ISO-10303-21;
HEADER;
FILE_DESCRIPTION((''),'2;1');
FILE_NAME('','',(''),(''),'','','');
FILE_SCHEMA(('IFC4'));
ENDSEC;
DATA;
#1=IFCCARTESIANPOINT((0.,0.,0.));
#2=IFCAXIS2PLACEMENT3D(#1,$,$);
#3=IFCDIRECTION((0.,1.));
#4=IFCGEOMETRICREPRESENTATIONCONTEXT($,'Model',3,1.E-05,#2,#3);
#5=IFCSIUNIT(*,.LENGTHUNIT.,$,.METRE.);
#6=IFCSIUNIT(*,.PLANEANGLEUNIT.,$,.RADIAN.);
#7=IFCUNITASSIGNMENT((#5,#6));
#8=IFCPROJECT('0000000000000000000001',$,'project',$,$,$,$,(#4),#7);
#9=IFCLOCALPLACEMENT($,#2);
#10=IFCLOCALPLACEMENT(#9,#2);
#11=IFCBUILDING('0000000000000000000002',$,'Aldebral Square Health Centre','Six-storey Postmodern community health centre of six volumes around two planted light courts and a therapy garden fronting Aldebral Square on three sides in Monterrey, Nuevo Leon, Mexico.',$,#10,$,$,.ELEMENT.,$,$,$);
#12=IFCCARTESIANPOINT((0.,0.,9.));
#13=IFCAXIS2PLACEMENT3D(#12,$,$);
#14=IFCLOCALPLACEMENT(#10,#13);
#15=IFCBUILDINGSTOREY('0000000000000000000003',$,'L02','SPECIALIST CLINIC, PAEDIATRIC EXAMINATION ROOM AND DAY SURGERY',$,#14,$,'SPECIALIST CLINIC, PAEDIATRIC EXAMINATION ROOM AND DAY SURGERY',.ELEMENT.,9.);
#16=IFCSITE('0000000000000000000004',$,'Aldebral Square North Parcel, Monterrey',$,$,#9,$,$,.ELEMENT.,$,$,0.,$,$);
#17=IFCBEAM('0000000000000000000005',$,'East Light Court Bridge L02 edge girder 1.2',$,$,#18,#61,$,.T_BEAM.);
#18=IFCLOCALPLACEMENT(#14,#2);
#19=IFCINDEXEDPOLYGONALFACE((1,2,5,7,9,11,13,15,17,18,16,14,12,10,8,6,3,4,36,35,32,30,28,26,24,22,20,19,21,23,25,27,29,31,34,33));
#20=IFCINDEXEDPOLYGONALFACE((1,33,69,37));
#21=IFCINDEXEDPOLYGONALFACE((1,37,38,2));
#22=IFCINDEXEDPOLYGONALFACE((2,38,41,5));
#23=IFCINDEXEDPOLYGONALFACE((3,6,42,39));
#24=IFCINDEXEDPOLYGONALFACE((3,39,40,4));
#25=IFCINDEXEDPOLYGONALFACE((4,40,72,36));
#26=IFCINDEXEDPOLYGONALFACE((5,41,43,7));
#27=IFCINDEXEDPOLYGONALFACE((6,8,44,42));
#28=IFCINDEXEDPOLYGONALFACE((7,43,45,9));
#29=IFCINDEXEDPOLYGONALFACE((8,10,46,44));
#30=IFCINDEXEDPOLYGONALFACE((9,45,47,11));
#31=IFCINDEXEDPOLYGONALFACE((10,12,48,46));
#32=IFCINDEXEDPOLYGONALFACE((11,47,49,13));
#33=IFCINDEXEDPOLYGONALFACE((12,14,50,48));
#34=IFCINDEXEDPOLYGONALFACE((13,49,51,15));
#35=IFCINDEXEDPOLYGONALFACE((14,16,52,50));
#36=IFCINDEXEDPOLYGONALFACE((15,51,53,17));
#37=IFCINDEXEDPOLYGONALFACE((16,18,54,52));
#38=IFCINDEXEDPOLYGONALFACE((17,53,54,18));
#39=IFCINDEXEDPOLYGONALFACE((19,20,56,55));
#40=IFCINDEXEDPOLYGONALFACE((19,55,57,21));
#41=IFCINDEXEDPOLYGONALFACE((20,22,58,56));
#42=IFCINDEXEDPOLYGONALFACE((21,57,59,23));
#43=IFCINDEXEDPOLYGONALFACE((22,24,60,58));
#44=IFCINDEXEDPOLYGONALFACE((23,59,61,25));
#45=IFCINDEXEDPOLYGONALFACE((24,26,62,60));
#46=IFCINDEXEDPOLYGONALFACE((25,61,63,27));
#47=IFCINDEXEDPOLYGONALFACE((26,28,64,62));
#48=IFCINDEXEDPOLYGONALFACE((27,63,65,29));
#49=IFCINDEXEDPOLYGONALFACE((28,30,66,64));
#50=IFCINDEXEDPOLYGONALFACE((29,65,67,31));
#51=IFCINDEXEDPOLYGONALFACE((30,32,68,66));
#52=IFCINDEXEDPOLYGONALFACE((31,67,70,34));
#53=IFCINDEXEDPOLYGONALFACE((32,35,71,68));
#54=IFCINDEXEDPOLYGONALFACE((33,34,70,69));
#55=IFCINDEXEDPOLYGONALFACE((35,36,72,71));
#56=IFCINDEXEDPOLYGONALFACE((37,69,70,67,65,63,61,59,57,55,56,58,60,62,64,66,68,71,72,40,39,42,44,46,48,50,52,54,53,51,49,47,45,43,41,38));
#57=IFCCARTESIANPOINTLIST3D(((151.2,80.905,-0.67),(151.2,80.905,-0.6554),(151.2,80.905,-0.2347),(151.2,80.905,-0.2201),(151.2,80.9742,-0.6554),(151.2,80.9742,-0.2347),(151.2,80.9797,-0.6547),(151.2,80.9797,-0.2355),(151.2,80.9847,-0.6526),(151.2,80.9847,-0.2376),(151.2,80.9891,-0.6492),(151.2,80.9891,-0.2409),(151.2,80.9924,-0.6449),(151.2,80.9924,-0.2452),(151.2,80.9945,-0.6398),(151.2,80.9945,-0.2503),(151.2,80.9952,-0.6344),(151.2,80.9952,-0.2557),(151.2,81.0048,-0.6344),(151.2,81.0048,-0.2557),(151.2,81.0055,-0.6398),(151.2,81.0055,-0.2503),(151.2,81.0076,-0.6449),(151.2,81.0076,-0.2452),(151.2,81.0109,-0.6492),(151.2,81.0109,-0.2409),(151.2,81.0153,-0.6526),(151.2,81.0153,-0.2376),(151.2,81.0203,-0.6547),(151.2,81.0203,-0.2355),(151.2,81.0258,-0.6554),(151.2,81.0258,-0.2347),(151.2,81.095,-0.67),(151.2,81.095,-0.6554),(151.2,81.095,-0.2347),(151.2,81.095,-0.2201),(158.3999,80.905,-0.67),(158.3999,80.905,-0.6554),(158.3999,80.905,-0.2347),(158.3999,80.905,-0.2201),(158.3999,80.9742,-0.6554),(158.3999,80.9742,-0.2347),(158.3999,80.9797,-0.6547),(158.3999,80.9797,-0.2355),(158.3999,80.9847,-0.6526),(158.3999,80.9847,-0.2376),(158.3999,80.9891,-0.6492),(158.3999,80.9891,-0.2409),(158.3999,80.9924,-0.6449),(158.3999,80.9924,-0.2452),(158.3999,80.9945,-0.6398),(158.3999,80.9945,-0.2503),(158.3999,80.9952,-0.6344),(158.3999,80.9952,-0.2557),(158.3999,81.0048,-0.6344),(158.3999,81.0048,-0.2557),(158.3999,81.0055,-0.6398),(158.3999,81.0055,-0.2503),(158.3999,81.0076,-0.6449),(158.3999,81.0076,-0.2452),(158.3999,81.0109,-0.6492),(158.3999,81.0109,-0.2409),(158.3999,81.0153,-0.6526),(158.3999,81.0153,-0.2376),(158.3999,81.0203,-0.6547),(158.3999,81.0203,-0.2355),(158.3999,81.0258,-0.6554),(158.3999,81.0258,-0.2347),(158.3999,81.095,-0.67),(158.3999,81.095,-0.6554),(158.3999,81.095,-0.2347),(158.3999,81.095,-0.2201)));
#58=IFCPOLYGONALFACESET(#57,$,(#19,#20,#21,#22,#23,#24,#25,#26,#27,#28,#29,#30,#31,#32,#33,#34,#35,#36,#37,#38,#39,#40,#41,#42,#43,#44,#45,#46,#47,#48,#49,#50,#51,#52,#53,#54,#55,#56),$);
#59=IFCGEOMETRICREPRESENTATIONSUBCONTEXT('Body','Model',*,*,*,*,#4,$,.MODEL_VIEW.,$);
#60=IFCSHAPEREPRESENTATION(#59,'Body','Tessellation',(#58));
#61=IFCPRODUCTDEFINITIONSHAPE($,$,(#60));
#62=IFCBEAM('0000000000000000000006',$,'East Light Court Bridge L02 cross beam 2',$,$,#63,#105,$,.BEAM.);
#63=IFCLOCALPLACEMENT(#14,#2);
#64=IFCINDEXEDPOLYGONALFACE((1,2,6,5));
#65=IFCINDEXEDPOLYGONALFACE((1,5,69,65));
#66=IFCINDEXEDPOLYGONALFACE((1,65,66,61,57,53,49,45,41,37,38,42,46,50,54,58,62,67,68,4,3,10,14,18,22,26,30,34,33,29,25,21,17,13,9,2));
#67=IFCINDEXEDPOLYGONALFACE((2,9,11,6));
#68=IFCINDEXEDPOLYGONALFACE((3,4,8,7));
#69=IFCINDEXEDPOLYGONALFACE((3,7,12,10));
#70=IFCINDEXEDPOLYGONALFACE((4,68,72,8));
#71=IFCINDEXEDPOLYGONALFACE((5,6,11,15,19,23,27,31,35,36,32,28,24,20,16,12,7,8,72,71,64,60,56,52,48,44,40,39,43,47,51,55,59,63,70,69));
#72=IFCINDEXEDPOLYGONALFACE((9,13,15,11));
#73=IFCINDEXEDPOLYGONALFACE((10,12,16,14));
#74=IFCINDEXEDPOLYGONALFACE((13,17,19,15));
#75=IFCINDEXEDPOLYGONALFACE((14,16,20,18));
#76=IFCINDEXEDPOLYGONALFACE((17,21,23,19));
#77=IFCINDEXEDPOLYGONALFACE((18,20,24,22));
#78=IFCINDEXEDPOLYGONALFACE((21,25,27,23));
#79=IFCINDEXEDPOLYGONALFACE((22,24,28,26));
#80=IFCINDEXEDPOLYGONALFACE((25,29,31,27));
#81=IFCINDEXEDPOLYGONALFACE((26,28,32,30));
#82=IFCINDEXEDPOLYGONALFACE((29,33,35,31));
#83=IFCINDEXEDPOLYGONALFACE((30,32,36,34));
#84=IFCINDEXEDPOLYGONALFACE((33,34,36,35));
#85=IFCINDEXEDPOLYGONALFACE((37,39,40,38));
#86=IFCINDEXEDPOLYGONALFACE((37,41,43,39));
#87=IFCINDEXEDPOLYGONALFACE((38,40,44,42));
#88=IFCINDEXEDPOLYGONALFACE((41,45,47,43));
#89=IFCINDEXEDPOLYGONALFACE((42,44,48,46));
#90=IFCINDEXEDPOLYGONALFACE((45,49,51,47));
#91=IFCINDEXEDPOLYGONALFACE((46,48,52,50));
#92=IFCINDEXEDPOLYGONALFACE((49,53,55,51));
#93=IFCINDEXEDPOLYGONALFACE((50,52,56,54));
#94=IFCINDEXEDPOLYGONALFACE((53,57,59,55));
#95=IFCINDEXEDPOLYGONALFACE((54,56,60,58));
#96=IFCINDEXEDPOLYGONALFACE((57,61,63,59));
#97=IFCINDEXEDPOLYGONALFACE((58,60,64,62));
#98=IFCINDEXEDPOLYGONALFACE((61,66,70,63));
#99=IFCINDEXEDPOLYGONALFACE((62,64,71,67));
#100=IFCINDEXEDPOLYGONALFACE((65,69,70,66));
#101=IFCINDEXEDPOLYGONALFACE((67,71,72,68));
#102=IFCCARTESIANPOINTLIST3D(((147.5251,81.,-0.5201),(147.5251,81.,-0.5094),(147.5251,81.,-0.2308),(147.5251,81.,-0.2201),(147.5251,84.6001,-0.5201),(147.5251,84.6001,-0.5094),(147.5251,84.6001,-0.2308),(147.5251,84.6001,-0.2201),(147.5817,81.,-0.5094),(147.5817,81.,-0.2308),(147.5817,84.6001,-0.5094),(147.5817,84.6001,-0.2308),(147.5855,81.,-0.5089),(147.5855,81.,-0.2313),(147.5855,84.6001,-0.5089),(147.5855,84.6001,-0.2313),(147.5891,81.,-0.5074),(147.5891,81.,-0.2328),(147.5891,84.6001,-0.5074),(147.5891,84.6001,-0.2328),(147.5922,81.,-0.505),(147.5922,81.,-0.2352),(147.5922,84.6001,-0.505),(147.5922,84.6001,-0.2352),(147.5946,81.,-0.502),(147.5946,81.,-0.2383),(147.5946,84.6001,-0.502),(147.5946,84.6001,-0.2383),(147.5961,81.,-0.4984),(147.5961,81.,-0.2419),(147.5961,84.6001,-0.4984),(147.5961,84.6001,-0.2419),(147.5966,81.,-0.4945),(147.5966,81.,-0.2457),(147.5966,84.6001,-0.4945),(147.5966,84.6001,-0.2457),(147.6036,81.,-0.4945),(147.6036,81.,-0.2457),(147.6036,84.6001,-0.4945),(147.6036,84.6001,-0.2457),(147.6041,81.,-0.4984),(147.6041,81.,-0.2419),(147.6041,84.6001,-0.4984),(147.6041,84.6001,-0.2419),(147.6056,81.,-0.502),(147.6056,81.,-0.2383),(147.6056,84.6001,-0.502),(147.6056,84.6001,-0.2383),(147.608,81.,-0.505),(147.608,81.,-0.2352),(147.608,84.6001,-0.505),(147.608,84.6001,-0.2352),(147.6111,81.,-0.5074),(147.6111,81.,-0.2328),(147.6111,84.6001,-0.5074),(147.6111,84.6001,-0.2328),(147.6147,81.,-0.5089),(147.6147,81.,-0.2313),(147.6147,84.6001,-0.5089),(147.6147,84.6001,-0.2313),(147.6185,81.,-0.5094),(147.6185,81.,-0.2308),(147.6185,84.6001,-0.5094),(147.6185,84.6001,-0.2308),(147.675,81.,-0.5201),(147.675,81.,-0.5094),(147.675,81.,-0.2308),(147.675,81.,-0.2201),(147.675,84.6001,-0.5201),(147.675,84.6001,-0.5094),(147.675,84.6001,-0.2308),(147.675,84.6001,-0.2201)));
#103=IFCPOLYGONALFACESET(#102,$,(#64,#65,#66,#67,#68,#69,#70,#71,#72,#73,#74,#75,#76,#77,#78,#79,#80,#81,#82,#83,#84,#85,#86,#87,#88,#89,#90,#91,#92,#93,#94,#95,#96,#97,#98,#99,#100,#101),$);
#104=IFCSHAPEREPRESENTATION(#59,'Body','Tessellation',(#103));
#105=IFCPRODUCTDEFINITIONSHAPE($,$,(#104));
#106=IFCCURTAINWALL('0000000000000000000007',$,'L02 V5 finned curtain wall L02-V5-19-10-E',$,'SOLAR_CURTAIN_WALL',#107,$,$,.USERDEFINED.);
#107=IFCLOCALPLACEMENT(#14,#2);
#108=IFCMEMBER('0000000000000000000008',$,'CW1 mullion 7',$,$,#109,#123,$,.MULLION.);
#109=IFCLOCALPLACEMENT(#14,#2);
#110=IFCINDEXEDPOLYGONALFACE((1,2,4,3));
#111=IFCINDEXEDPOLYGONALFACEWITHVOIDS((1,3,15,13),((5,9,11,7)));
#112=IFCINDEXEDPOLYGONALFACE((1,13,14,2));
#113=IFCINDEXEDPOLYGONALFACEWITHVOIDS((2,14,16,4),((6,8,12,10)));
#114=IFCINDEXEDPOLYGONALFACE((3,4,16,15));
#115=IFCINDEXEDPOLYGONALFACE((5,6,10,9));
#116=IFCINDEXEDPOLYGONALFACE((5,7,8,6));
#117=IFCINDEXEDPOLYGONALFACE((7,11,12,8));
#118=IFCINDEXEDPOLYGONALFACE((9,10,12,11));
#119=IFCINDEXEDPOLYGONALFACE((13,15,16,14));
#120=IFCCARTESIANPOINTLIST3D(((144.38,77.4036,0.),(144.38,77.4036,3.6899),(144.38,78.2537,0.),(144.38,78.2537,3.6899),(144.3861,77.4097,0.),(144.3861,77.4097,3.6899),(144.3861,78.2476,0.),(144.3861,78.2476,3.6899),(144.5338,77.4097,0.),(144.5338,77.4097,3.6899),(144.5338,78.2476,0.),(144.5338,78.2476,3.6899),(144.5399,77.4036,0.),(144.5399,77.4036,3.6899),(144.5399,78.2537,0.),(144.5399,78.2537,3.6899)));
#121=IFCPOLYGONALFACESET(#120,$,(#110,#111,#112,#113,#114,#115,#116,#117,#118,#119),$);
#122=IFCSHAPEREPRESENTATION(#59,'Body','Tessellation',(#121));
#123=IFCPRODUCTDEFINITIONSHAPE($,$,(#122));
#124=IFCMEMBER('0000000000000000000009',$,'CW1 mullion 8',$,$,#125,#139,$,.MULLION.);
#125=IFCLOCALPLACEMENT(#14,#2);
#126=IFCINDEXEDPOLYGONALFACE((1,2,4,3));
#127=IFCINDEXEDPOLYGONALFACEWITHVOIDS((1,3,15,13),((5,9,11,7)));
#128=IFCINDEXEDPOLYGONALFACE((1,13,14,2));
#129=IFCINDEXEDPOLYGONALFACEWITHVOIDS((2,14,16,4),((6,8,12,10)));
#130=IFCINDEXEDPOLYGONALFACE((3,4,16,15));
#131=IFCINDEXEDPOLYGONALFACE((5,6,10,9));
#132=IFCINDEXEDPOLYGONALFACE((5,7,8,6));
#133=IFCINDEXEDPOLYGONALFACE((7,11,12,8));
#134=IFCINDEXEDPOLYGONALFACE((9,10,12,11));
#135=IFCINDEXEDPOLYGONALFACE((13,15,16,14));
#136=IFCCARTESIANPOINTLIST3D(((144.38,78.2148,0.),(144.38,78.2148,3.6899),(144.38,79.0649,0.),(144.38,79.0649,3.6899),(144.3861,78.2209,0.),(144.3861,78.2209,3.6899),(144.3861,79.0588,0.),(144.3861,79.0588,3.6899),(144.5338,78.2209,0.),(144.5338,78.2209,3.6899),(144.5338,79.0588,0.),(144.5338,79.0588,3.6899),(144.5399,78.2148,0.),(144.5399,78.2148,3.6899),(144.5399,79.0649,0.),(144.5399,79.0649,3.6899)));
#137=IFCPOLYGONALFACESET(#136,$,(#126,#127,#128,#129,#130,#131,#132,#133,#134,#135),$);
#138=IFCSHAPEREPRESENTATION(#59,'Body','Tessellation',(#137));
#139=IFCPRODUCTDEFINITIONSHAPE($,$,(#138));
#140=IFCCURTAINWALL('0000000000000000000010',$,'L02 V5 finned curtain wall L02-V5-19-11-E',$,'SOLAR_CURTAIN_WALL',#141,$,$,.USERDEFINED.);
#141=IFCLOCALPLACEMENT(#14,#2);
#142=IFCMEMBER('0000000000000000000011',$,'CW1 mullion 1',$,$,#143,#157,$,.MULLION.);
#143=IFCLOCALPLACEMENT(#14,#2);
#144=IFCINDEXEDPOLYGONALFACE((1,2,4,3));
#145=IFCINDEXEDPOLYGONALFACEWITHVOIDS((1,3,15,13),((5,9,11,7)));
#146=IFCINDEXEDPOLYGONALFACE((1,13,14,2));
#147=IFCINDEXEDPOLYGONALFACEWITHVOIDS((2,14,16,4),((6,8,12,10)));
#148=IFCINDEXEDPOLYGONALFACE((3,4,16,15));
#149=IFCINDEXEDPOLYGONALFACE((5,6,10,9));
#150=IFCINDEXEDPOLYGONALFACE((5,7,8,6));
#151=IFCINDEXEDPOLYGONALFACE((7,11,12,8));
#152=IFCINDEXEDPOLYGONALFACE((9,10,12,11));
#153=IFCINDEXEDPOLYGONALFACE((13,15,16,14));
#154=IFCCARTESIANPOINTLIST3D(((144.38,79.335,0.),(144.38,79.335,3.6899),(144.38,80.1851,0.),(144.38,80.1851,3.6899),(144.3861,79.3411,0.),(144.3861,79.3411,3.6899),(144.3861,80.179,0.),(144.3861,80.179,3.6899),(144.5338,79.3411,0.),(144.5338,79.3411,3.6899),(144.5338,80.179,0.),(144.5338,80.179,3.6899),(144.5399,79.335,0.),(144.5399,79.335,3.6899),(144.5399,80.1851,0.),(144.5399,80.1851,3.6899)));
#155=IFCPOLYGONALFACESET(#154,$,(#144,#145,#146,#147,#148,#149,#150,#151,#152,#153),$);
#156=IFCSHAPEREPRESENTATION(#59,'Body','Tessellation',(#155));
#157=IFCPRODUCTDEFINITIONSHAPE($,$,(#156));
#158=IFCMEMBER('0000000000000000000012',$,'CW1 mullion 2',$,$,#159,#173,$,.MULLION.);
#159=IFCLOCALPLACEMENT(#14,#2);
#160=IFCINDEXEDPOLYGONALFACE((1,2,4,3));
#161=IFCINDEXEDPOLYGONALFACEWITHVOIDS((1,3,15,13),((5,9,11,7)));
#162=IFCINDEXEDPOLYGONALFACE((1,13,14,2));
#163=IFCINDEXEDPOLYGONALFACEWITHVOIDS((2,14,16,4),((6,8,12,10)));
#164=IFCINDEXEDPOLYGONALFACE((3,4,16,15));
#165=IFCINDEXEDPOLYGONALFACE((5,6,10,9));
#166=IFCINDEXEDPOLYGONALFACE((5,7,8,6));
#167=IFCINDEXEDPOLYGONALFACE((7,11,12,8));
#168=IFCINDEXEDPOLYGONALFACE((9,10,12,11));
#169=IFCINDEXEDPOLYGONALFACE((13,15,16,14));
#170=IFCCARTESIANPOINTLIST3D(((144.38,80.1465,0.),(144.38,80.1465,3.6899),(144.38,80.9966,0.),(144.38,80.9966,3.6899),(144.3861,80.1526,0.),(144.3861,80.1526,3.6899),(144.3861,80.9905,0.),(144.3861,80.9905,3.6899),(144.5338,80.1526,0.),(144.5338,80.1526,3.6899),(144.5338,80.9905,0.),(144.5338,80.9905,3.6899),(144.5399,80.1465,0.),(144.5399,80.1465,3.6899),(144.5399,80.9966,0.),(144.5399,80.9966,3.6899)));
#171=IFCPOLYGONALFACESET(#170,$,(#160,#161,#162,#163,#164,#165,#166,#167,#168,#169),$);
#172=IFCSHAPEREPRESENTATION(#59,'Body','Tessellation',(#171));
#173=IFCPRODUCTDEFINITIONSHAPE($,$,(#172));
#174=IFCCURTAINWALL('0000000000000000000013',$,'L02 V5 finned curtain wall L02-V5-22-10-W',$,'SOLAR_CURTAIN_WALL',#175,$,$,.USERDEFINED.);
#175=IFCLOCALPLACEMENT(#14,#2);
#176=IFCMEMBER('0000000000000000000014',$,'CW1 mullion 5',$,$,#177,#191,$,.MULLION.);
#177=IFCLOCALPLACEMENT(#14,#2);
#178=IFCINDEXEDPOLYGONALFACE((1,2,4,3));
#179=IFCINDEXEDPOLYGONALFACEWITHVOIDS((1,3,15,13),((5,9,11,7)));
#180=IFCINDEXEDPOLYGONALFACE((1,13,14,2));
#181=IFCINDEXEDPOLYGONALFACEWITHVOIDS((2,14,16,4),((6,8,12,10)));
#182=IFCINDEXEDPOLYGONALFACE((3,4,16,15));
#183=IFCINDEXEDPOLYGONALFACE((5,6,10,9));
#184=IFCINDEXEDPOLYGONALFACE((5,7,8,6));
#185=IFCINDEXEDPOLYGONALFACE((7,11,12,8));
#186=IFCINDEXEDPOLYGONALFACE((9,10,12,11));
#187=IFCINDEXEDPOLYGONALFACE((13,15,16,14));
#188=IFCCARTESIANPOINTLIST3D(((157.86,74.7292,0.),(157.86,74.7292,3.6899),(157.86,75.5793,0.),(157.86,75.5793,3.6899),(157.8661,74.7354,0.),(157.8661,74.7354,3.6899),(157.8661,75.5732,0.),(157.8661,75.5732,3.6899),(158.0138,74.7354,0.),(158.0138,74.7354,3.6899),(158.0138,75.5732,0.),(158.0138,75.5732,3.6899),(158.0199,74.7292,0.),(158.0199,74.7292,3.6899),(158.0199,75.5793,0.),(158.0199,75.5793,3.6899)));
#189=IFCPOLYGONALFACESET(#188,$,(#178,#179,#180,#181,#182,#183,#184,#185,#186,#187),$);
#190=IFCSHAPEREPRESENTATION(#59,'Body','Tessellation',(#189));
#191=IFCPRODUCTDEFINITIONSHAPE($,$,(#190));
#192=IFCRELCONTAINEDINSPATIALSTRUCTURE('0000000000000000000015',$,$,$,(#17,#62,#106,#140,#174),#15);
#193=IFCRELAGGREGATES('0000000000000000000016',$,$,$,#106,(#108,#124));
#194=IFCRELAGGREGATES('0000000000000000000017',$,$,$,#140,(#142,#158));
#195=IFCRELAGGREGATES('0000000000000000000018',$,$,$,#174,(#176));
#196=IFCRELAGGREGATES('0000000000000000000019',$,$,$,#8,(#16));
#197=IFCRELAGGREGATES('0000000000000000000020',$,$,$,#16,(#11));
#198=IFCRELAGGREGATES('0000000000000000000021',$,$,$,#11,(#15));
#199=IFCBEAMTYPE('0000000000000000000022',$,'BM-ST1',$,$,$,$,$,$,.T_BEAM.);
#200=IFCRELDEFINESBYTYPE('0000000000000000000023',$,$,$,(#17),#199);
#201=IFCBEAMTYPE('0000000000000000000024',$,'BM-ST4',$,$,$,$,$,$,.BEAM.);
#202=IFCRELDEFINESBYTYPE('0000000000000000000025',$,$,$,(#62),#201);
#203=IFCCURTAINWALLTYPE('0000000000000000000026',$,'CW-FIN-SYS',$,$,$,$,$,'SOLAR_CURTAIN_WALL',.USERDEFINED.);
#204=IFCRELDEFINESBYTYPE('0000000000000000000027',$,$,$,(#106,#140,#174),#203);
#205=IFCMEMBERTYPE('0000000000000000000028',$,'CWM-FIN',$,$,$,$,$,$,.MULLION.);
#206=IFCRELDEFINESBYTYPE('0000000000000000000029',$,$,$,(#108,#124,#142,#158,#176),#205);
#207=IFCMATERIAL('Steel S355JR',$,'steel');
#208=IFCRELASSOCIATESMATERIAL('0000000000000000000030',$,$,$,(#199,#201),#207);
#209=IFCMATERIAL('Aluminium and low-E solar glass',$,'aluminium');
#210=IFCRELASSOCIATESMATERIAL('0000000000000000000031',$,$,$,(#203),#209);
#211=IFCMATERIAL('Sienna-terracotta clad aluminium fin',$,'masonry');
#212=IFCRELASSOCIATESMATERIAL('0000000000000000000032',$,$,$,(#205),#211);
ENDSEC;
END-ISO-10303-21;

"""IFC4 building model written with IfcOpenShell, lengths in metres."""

from ifc_helpers import new_model, si_unit, direction, frame, origin, origin_2d, place, context, subcontext, project, spatial, hollow_rectangle, i_section, extrude, material, material_profile, profile_set, type_object, element, aggregate, save


model = new_model("IFC4")

# Units and contexts
model_context = context("Model", 3, precision=1e-05, world=origin(), true_north=direction((0.0, 1.0)))
body_context = subcontext(model_context, "Body", "Model", "MODEL_VIEW")
ifc_project = project(units=[si_unit("LENGTHUNIT", "METRE"), si_unit("PLANEANGLEUNIT", "RADIAN")], contexts=[model_context])

# Site, building, storey
site_placement = place(None, origin())
site = spatial("IfcSite", under=ifc_project, at=site_placement, Name="Aldebral Square North Parcel, Monterrey", CompositionType="ELEMENT", RefElevation=0.0)
building_placement = place(site_placement, origin())
building = spatial("IfcBuilding", under=site, at=building_placement, Name="Aldebral Square Health Centre", Description="Six-storey Postmodern community health centre of six volumes around two planted light courts and a therapy garden fronting Aldebral Square on three sides in Monterrey, Nuevo Leon, Mexico.", CompositionType="ELEMENT")
storey_placement = place(building_placement, frame((0.0, 0.0, 9.0)))
storey = spatial("IfcBuildingStorey", under=building, at=storey_placement, Name="L02", Description="SPECIALIST CLINIC, PAEDIATRIC EXAMINATION ROOM AND DAY SURGERY", LongName="SPECIALIST CLINIC, PAEDIATRIC EXAMINATION ROOM AND DAY SURGERY", CompositionType="ELEMENT", Elevation=9.0)

# Beams
ifc_material_1 = material(Name="Steel S355JR", Category="steel")
ifc_material_profile_1 = material_profile(ifc_material_1, i_section(OverallWidth=0.1899, OverallDepth=0.45, WebThickness=0.0095, FlangeThickness=0.0146, FilletRadius=0.021, at=origin_2d()), Name="IPE 450")
ifc_profile_set_1 = profile_set([ifc_material_profile_1], Name="Steel S355JR")
beam_type_1 = type_object("IfcBeamType", Name="BM-ST1", PredefinedType="T_BEAM", material=ifc_profile_set_1)
beam_1_placement = place(storey_placement, frame((151.2, 81.0, -0.4451), z_axis=(1.0, 0.0, 0.0), x_axis=(0.0, 1.0, 0.0)))
element("IfcBeam", 1, at=beam_1_placement, inside=storey, type_object=beam_type_1, Name="East Light Court Bridge L02 edge girder 1.2", PredefinedType="T_BEAM", context=body_context, shape_type="SweptSolid", body=[
    extrude(i_section(OverallWidth=0.1899, OverallDepth=0.45, WebThickness=0.0095, FlangeThickness=0.0146, FilletRadius=0.021, at=origin_2d()), origin(), (0.0, 0.0, 1.0), 7.2),
])
ifc_material_profile_2 = material_profile(ifc_material_1, i_section(OverallWidth=0.1499, OverallDepth=0.3, WebThickness=0.0071, FlangeThickness=0.0107, FilletRadius=0.0149, at=origin_2d()), Name="IPE 300")
ifc_profile_set_2 = profile_set([ifc_material_profile_2], Name="Steel S355JR")
beam_type_2 = type_object("IfcBeamType", Name="BM-ST4", PredefinedType="BEAM", material=ifc_profile_set_2)
beam_2_placement = place(storey_placement, frame((147.6001, 81.0, -0.3701), z_axis=(0.0, 1.0, 0.0), x_axis=(-1.0, 0.0, 0.0)))
element("IfcBeam", 2, at=beam_2_placement, inside=storey, type_object=beam_type_2, Name="East Light Court Bridge L02 cross beam 2", PredefinedType="BEAM", context=body_context, shape_type="SweptSolid", body=[
    extrude(i_section(OverallWidth=0.1499, OverallDepth=0.3, WebThickness=0.0071, FlangeThickness=0.0107, FilletRadius=0.0149, at=origin_2d()), origin(), (0.0, 0.0, 1.0), 3.6001),
])

# Curtain walls, members
ifc_material_2 = material(Name="Aluminium and low-E solar glass", Category="aluminium")
curtain_wall_type = type_object("IfcCurtainWallType", Name="CW-FIN-SYS", ElementType="SOLAR_CURTAIN_WALL", PredefinedType="USERDEFINED", material=ifc_material_2)
curtain_wall_1_placement = place(storey_placement, origin())
curtain_wall_1 = element("IfcCurtainWall", 3, at=curtain_wall_1_placement, inside=storey, type_object=curtain_wall_type, Name="L02 V5 finned curtain wall L02-V5-19-10-E", ObjectType="SOLAR_CURTAIN_WALL", PredefinedType="USERDEFINED")
ifc_material_3 = material(Name="Sienna-terracotta clad aluminium fin", Category="masonry")
ifc_material_profile_3 = material_profile(ifc_material_3, hollow_rectangle(XDim=0.1599, YDim=0.8501, WallThickness=0.0061, at=origin_2d()), Name="FIN 160x850x6")
ifc_profile_set_3 = profile_set([ifc_material_profile_3], Name="Sienna-terracotta clad aluminium fin")
member_type_1 = type_object("IfcMemberType", Name="CWM-FIN", PredefinedType="MULLION", material=ifc_profile_set_3)
member_1_placement = place(storey_placement, frame((144.46, 77.8286, 0.0), z_axis=(0.0, 0.0, 1.0), x_axis=(-1.0, 0.0, 0.0)))
member_1 = element("IfcMember", 4, at=member_1_placement, type_object=member_type_1, Name="CW1 mullion 7", PredefinedType="MULLION", context=body_context, shape_type="SweptSolid", body=[
    extrude(hollow_rectangle(XDim=0.1599, YDim=0.8501, WallThickness=0.0061, at=origin_2d()), origin(), (0.0, 0.0, 1.0), 3.6899),
])
member_2_placement = place(storey_placement, frame((144.46, 78.6399, 0.0), z_axis=(0.0, 0.0, 1.0), x_axis=(-1.0, 0.0, 0.0)))
member_2 = element("IfcMember", 5, at=member_2_placement, type_object=member_type_1, Name="CW1 mullion 8", PredefinedType="MULLION", context=body_context, shape_type="SweptSolid", body=[
    extrude(hollow_rectangle(XDim=0.1599, YDim=0.8501, WallThickness=0.0061, at=origin_2d()), origin(), (0.0, 0.0, 1.0), 3.6899),
])
curtain_wall_2_placement = place(storey_placement, origin())
curtain_wall_2 = element("IfcCurtainWall", 6, at=curtain_wall_2_placement, inside=storey, type_object=curtain_wall_type, Name="L02 V5 finned curtain wall L02-V5-19-11-E", ObjectType="SOLAR_CURTAIN_WALL", PredefinedType="USERDEFINED")
member_3_placement = place(storey_placement, frame((144.46, 79.76, 0.0), z_axis=(0.0, 0.0, 1.0), x_axis=(-1.0, 0.0, 0.0)))
member_3 = element("IfcMember", 7, at=member_3_placement, type_object=member_type_1, Name="CW1 mullion 1", PredefinedType="MULLION", context=body_context, shape_type="SweptSolid", body=[
    extrude(hollow_rectangle(XDim=0.1599, YDim=0.8501, WallThickness=0.0061, at=origin_2d()), origin(), (0.0, 0.0, 1.0), 3.6899),
])
member_4_placement = place(storey_placement, frame((144.46, 80.5715, 0.0), z_axis=(0.0, 0.0, 1.0), x_axis=(-1.0, 0.0, 0.0)))
member_4 = element("IfcMember", 8, at=member_4_placement, type_object=member_type_1, Name="CW1 mullion 2", PredefinedType="MULLION", context=body_context, shape_type="SweptSolid", body=[
    extrude(hollow_rectangle(XDim=0.1599, YDim=0.8501, WallThickness=0.0061, at=origin_2d()), origin(), (0.0, 0.0, 1.0), 3.6899),
])
curtain_wall_3_placement = place(storey_placement, origin())
curtain_wall_3 = element("IfcCurtainWall", 9, at=curtain_wall_3_placement, inside=storey, type_object=curtain_wall_type, Name="L02 V5 finned curtain wall L02-V5-22-10-W", ObjectType="SOLAR_CURTAIN_WALL", PredefinedType="USERDEFINED")
member_5_placement = place(storey_placement, frame((157.9399, 75.1543, 0.0), z_axis=(0.0, 0.0, 1.0), x_axis=(1.0, 0.0, 0.0)))
member_5 = element("IfcMember", 10, at=member_5_placement, type_object=member_type_1, Name="CW1 mullion 5", PredefinedType="MULLION", context=body_context, shape_type="SweptSolid", body=[
    extrude(hollow_rectangle(XDim=0.1599, YDim=0.8501, WallThickness=0.0061, at=origin_2d()), origin(), (0.0, 0.0, 1.0), 3.6899),
])

aggregate(curtain_wall_1, [member_1, member_2])
aggregate(curtain_wall_2, [member_3, member_4])
aggregate(curtain_wall_3, [member_5])

save(model, "model.ifc")
